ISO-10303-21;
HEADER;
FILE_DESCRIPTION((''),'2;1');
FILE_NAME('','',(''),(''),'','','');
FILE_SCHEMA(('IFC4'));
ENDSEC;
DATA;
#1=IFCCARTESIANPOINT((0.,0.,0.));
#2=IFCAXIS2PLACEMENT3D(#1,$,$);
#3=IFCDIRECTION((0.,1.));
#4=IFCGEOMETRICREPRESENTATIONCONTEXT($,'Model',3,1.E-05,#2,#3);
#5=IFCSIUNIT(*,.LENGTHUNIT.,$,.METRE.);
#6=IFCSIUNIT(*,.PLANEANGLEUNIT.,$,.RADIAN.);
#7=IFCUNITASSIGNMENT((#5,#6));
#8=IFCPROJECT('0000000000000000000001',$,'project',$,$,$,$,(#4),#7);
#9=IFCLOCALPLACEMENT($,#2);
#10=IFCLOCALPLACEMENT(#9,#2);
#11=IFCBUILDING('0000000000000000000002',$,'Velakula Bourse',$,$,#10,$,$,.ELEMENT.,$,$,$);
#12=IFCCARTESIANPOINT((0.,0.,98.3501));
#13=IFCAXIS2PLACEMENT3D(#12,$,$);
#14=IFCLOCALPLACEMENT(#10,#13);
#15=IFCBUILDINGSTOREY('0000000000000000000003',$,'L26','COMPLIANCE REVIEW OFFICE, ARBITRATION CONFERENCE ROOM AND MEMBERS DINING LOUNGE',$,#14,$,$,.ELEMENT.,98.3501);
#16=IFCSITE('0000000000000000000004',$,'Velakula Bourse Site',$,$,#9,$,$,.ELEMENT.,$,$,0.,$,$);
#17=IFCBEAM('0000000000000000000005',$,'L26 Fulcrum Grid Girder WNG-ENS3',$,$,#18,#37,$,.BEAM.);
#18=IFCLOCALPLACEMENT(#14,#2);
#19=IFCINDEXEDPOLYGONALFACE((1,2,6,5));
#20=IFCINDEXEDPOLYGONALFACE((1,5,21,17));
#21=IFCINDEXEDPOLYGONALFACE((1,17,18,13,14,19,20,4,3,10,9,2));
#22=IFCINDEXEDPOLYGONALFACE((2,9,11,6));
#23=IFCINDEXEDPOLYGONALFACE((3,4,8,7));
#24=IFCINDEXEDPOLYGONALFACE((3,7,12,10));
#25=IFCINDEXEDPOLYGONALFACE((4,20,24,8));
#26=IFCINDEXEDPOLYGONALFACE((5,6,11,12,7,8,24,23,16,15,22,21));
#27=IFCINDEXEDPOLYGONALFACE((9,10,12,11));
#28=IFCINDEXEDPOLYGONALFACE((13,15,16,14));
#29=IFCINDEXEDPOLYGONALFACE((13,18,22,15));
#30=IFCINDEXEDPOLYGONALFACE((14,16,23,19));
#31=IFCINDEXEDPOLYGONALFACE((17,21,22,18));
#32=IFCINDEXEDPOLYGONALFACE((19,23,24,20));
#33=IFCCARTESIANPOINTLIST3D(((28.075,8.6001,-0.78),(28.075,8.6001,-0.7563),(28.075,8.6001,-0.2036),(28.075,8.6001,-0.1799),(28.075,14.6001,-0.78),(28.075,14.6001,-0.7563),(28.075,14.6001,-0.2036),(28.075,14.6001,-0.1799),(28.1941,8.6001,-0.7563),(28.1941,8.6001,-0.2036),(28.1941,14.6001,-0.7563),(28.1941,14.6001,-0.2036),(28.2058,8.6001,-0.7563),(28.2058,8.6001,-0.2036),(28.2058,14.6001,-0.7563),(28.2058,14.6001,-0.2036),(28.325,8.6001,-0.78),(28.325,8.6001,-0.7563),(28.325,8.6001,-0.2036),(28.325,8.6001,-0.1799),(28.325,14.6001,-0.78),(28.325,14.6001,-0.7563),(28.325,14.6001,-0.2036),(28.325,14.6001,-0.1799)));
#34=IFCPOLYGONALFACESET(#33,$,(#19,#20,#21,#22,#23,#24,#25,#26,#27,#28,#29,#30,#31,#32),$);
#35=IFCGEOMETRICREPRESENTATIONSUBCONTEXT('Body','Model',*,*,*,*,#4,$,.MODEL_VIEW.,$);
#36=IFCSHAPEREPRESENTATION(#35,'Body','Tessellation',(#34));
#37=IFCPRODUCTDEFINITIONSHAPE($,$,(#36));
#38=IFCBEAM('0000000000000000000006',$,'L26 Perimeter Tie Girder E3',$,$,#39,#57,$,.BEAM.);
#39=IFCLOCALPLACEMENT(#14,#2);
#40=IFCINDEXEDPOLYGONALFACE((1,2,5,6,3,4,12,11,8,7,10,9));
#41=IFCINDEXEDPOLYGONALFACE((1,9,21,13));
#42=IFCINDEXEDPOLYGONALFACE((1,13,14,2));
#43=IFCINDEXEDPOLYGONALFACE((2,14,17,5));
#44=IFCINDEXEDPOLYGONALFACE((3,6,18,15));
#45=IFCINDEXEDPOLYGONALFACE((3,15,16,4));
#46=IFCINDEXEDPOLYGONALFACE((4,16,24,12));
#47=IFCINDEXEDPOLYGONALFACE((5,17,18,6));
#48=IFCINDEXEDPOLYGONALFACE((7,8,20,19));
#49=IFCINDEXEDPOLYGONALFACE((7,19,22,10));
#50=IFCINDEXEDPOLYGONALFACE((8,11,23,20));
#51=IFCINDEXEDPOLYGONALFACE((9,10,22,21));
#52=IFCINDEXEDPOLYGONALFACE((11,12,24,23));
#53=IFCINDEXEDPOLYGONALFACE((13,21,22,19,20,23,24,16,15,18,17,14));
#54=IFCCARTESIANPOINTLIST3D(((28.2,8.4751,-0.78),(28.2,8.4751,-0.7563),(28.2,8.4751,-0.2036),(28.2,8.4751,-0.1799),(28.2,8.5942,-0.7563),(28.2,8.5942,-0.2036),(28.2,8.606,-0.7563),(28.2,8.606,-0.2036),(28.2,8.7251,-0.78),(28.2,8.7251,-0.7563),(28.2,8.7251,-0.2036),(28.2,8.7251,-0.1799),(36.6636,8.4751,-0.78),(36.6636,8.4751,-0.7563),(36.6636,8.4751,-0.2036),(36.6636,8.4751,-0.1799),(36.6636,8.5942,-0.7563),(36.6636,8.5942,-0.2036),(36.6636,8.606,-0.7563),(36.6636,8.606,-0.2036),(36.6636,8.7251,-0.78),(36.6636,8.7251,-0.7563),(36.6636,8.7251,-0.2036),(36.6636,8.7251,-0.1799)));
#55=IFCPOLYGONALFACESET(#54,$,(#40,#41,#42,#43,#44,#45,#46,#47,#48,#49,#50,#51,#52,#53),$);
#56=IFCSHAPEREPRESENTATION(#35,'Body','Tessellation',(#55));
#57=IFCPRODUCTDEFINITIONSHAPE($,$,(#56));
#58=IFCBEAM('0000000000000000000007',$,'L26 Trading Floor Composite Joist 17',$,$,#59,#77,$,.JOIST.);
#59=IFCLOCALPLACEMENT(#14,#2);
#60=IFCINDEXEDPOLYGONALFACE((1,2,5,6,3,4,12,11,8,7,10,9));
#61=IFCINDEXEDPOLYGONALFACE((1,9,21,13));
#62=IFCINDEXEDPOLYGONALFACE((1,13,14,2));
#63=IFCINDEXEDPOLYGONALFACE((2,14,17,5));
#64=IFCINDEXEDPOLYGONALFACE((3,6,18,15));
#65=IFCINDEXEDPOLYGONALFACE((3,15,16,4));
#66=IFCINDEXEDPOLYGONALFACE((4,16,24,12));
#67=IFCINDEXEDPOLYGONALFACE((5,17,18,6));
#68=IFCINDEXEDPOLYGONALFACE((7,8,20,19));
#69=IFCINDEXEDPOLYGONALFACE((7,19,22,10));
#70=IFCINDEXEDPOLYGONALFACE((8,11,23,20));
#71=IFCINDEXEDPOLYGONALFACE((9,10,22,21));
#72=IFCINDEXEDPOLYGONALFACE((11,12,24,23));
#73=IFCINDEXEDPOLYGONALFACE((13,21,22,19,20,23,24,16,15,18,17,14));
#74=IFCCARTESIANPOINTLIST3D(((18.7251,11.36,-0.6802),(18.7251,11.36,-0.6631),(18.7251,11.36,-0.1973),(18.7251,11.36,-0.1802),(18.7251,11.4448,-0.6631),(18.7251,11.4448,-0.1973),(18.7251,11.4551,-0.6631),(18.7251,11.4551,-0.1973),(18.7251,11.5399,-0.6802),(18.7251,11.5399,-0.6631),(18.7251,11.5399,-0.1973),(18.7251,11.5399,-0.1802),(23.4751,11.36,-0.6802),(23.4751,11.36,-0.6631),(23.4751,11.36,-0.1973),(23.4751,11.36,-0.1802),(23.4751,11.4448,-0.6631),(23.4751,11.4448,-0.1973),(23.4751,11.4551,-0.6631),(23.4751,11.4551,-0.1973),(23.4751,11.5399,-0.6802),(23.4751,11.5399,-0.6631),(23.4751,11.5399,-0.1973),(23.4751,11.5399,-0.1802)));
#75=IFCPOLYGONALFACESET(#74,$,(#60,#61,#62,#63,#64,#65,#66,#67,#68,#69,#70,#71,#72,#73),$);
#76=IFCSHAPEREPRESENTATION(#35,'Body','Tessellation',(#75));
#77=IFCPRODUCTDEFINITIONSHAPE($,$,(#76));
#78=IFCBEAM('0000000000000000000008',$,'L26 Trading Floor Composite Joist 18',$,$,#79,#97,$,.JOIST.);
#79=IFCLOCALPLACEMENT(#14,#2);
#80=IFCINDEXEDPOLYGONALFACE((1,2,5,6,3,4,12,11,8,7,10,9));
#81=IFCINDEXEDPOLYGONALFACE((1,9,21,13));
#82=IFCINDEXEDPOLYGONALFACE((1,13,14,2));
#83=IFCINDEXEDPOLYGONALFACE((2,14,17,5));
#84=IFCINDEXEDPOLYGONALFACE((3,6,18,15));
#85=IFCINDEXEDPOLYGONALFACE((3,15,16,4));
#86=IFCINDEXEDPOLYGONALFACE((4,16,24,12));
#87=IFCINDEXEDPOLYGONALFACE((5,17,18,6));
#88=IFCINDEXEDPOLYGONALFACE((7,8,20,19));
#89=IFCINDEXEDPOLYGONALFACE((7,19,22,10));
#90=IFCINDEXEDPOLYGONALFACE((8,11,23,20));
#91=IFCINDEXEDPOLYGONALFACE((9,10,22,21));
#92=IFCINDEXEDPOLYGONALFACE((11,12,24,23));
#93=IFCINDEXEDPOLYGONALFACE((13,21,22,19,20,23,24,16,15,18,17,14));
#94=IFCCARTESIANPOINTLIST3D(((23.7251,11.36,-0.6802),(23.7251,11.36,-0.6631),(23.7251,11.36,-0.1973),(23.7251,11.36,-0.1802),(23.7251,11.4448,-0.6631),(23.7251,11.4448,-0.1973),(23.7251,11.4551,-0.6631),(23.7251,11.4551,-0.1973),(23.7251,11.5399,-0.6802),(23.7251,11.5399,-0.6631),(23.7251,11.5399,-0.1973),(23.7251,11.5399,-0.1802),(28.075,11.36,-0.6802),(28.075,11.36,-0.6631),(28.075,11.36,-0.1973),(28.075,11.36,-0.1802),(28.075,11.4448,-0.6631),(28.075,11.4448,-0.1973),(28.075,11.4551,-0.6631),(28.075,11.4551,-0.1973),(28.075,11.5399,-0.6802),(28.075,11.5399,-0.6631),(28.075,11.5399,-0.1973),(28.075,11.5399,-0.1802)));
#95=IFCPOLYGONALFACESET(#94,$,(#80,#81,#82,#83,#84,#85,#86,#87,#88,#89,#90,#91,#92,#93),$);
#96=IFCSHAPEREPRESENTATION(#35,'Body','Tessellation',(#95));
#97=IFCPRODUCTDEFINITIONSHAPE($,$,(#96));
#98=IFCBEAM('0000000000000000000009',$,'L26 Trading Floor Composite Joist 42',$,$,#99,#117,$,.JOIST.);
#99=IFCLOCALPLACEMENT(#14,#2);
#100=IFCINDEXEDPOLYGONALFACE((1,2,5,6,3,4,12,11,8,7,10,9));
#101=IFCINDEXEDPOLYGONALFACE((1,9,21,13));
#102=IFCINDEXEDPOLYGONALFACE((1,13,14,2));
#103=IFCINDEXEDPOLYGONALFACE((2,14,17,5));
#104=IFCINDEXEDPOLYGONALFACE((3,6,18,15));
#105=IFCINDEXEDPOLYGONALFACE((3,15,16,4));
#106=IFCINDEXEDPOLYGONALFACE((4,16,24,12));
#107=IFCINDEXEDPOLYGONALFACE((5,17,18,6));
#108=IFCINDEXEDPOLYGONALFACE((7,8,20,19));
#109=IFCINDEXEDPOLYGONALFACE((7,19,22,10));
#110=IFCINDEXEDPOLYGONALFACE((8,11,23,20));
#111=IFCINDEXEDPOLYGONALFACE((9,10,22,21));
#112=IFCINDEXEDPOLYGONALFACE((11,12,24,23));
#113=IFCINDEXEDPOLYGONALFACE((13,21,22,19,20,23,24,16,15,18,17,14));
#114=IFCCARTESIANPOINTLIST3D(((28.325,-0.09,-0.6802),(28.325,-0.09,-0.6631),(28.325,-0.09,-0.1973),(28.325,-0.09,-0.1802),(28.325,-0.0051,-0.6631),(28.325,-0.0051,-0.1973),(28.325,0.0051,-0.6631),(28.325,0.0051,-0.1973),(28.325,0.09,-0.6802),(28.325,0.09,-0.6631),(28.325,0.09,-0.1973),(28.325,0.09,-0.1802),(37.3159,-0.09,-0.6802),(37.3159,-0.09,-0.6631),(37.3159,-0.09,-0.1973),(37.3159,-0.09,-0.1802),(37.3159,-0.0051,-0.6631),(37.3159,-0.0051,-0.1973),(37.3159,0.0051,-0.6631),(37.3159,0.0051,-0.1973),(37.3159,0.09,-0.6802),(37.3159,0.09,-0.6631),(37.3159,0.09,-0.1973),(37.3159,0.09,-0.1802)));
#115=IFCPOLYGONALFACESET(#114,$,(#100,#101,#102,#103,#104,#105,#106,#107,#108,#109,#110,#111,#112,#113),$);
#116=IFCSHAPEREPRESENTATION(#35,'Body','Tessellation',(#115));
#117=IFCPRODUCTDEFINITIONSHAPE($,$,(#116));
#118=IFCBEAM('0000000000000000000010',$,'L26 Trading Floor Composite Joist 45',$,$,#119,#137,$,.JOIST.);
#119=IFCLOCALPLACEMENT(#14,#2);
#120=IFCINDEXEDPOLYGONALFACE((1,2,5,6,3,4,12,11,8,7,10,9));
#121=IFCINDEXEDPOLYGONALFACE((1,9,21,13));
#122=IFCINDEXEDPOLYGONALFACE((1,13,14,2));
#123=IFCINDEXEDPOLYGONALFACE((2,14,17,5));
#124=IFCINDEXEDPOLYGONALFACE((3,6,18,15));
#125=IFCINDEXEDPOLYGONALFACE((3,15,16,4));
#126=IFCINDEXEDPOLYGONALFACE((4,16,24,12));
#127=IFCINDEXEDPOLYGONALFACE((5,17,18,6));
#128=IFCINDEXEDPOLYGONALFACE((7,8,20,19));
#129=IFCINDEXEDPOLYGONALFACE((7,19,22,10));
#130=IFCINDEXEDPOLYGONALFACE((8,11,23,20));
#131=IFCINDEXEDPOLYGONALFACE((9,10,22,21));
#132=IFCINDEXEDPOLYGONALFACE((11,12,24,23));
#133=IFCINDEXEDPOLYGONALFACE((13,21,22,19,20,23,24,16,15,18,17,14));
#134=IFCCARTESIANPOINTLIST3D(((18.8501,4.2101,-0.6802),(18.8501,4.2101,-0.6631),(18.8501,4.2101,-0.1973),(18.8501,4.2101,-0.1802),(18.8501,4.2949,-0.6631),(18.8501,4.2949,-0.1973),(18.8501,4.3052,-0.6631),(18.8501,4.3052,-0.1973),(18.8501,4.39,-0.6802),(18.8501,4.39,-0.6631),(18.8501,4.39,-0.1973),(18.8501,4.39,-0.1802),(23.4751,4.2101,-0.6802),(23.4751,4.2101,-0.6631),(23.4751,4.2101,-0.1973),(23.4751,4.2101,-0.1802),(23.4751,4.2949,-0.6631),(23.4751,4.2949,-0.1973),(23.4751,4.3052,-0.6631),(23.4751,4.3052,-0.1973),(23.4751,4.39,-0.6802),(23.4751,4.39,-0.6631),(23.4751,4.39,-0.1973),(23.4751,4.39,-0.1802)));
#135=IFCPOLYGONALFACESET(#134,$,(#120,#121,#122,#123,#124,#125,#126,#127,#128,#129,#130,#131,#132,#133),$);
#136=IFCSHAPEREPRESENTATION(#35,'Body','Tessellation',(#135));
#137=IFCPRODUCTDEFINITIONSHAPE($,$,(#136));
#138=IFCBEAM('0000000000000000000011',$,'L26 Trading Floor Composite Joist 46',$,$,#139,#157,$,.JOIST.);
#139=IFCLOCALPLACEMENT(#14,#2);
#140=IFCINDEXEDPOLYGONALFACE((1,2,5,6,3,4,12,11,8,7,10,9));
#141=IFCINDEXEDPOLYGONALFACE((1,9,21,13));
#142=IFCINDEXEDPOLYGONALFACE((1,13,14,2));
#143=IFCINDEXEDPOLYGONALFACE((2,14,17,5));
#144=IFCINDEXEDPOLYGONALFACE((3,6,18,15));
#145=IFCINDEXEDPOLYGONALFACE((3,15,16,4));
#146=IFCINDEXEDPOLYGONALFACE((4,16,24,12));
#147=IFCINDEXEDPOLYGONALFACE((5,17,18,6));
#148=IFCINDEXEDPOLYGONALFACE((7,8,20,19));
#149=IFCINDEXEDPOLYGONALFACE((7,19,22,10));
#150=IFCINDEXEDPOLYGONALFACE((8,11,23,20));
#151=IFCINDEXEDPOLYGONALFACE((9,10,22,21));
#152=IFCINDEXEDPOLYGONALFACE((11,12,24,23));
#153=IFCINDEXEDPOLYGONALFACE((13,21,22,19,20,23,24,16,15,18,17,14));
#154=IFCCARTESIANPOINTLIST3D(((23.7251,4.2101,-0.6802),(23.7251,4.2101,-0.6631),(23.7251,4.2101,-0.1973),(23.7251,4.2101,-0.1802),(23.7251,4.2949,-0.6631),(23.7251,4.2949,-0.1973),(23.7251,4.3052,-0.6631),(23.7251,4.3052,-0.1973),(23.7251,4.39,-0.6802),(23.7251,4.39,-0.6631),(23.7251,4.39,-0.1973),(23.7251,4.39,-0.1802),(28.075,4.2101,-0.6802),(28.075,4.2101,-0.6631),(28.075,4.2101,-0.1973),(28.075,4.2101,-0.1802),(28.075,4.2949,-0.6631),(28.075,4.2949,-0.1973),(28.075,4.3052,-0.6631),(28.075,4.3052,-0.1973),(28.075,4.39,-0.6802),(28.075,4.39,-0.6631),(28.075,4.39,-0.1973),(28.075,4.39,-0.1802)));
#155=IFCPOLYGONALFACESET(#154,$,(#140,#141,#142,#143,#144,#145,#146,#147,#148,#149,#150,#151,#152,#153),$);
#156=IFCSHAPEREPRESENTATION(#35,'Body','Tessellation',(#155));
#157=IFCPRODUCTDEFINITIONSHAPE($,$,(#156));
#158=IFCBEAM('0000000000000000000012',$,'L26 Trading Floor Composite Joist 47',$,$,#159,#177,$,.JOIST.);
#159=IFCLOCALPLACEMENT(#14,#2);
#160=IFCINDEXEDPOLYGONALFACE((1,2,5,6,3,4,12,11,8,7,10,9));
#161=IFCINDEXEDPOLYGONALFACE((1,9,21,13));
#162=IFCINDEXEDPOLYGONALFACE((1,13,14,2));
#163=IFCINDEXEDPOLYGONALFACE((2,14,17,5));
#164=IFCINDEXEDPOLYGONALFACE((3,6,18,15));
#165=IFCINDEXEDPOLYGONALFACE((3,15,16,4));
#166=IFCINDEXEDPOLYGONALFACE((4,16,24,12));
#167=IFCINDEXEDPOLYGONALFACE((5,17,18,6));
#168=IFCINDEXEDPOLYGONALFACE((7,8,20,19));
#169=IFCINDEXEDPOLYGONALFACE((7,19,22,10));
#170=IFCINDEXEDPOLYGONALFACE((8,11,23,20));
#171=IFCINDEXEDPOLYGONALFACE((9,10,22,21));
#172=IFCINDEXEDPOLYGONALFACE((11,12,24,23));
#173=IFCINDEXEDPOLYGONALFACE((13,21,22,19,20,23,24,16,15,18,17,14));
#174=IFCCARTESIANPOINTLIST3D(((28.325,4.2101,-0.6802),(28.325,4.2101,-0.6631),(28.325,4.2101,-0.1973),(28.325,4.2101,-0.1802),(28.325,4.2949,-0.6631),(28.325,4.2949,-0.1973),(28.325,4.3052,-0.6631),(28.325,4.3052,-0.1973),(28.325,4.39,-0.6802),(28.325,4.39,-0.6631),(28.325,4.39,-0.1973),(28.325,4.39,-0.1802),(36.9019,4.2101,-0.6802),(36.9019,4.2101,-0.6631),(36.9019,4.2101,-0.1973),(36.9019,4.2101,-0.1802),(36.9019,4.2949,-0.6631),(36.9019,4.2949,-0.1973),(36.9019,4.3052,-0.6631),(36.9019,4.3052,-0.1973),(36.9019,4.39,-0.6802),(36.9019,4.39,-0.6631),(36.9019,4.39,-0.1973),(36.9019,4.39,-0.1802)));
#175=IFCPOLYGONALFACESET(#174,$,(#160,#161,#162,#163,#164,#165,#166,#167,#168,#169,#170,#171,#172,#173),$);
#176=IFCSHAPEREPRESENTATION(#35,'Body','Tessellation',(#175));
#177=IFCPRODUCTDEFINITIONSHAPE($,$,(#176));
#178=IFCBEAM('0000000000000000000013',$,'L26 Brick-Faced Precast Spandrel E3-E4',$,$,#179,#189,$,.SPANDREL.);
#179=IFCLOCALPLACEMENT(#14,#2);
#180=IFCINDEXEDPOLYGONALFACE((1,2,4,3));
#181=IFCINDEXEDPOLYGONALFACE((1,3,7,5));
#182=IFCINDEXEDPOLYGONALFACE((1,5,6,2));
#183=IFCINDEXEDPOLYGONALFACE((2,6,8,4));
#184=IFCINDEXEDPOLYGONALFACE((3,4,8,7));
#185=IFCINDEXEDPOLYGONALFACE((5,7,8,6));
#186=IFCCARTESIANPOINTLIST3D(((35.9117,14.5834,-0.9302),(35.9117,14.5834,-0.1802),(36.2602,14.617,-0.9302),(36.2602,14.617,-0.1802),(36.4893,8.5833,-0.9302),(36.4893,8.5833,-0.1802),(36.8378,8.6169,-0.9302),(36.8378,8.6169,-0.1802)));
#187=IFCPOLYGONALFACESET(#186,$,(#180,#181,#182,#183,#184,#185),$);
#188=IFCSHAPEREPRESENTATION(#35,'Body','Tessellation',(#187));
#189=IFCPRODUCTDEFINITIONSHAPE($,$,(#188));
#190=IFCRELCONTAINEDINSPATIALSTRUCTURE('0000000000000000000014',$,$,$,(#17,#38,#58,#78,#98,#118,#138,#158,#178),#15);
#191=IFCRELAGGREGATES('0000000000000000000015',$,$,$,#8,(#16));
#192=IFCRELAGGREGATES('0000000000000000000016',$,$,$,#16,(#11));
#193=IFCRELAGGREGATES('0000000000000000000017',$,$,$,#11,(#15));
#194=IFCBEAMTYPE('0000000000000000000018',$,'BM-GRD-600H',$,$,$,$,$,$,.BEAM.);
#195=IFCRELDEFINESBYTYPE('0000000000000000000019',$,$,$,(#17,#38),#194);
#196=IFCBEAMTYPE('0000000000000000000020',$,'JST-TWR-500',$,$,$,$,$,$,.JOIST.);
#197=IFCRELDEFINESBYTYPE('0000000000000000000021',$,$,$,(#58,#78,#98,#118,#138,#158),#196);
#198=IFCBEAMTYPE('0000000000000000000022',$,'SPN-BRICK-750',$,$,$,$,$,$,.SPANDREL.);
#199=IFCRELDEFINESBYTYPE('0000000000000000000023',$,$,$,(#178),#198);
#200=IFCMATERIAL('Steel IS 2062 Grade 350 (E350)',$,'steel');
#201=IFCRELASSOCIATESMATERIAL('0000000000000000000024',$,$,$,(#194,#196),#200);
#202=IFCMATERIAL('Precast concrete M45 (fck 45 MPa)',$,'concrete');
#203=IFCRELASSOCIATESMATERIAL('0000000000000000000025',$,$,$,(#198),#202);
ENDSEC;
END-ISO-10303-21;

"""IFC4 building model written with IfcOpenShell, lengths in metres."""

from ifc_helpers import new_model, si_unit, direction, frame, origin, origin_2d, place, context, subcontext, project, spatial, rectangle, i_section, extrude, material, material_profile, profile_set, type_object, element, save


model = new_model("IFC4")

# Units and contexts
model_context = context("Model", 3, precision=1e-05, world=origin(), true_north=direction((0.0, 1.0)))
body_context = subcontext(model_context, "Body", "Model", "MODEL_VIEW")
ifc_project = project(units=[si_unit("LENGTHUNIT", "METRE"), si_unit("PLANEANGLEUNIT", "RADIAN")], contexts=[model_context])

# Site, building, storey
site_placement = place(None, origin())
site = spatial("IfcSite", under=ifc_project, at=site_placement, Name="Velakula Bourse Site", CompositionType="ELEMENT", RefElevation=0.0)
building_placement = place(site_placement, origin())
building = spatial("IfcBuilding", under=site, at=building_placement, Name="Velakula Bourse", CompositionType="ELEMENT")
storey_placement = place(building_placement, frame((0.0, 0.0, 98.3501)))
storey = spatial("IfcBuildingStorey", under=building, at=storey_placement, Name="L26", Description="COMPLIANCE REVIEW OFFICE, ARBITRATION CONFERENCE ROOM AND MEMBERS DINING LOUNGE", CompositionType="ELEMENT", Elevation=98.3501)

# Beams
ifc_material_1 = material(Name="Steel IS 2062 Grade 350 (E350)", Category="steel")
ifc_material_profile_1 = material_profile(ifc_material_1, i_section(OverallWidth=0.25, OverallDepth=0.6001, WebThickness=0.0117, FlangeThickness=0.0237, at=origin_2d()), Name="Steel IS 2062 Grade 350 (E350)")
ifc_profile_set_1 = profile_set([ifc_material_profile_1], Name="Steel IS 2062 Grade 350 (E350)")
beam_type_1 = type_object("IfcBeamType", Name="BM-GRD-600H", PredefinedType="BEAM", material=ifc_profile_set_1)
beam_1_placement = place(storey_placement, frame((28.2, 8.6001, -0.48), z_axis=(0.0, 1.0, 0.0), x_axis=(-1.0, 0.0, 0.0)))
element("IfcBeam", 1, at=beam_1_placement, inside=storey, type_object=beam_type_1, Name="L26 Fulcrum Grid Girder WNG-ENS3", PredefinedType="BEAM", context=body_context, shape_type="SweptSolid", body=[
    extrude(i_section(OverallWidth=0.25, OverallDepth=0.6001, WebThickness=0.0117, FlangeThickness=0.0237, at=origin_2d()), origin(), (0.0, 0.0, 1.0), 6.0),
])
beam_2_placement = place(storey_placement, frame((28.2, 8.6001, -0.48), z_axis=(1.0, 0.0, 0.0), x_axis=(0.0, 1.0, 0.0)))
element("IfcBeam", 2, at=beam_2_placement, inside=storey, type_object=beam_type_1, Name="L26 Perimeter Tie Girder E3", PredefinedType="BEAM", context=body_context, shape_type="SweptSolid", body=[
    extrude(i_section(OverallWidth=0.25, OverallDepth=0.6001, WebThickness=0.0117, FlangeThickness=0.0237, at=origin_2d()), origin(), (0.0, 0.0, 1.0), 8.4636),
])
ifc_material_profile_2 = material_profile(ifc_material_1, i_section(OverallWidth=0.1799, OverallDepth=0.5, WebThickness=0.0103, FlangeThickness=0.0171, at=origin_2d()), Name="Steel IS 2062 Grade 350 (E350)")
ifc_profile_set_2 = profile_set([ifc_material_profile_2], Name="Steel IS 2062 Grade 350 (E350)")
beam_type_2 = type_object("IfcBeamType", Name="JST-TWR-500", PredefinedType="JOIST", material=ifc_profile_set_2)
beam_3_placement = place(storey_placement, frame((18.7251, 11.45, -0.4302), z_axis=(1.0, 0.0, 0.0), x_axis=(0.0, 1.0, 0.0)))
element("IfcBeam", 3, at=beam_3_placement, inside=storey, type_object=beam_type_2, Name="L26 Trading Floor Composite Joist 17", PredefinedType="JOIST", context=body_context, shape_type="SweptSolid", body=[
    extrude(i_section(OverallWidth=0.1799, OverallDepth=0.5, WebThickness=0.0103, FlangeThickness=0.0171, at=origin_2d()), origin(), (0.0, 0.0, 1.0), 4.75),
])
beam_4_placement = place(storey_placement, frame((23.7251, 11.45, -0.4302), z_axis=(1.0, 0.0, 0.0), x_axis=(0.0, 1.0, 0.0)))
element("IfcBeam", 4, at=beam_4_placement, inside=storey, type_object=beam_type_2, Name="L26 Trading Floor Composite Joist 18", PredefinedType="JOIST", context=body_context, shape_type="SweptSolid", body=[
    extrude(i_section(OverallWidth=0.1799, OverallDepth=0.5, WebThickness=0.0103, FlangeThickness=0.0171, at=origin_2d()), origin(), (0.0, 0.0, 1.0), 4.3499),
])
beam_5_placement = place(storey_placement, frame((28.325, 0.0, -0.4302), z_axis=(1.0, 0.0, 0.0), x_axis=(0.0, 1.0, 0.0)))
element("IfcBeam", 5, at=beam_5_placement, inside=storey, type_object=beam_type_2, Name="L26 Trading Floor Composite Joist 42", PredefinedType="JOIST", context=body_context, shape_type="SweptSolid", body=[
    extrude(i_section(OverallWidth=0.1799, OverallDepth=0.5, WebThickness=0.0103, FlangeThickness=0.0171, at=origin_2d()), origin(), (0.0, 0.0, 1.0), 8.991),
])
beam_6_placement = place(storey_placement, frame((18.8501, 4.3, -0.4302), z_axis=(1.0, 0.0, 0.0), x_axis=(0.0, 1.0, 0.0)))
element("IfcBeam", 6, at=beam_6_placement, inside=storey, type_object=beam_type_2, Name="L26 Trading Floor Composite Joist 45", PredefinedType="JOIST", context=body_context, shape_type="SweptSolid", body=[
    extrude(i_section(OverallWidth=0.1799, OverallDepth=0.5, WebThickness=0.0103, FlangeThickness=0.0171, at=origin_2d()), origin(), (0.0, 0.0, 1.0), 4.625),
])
beam_7_placement = place(storey_placement, frame((23.7251, 4.3, -0.4302), z_axis=(1.0, 0.0, 0.0), x_axis=(0.0, 1.0, 0.0)))
element("IfcBeam", 7, at=beam_7_placement, inside=storey, type_object=beam_type_2, Name="L26 Trading Floor Composite Joist 46", PredefinedType="JOIST", context=body_context, shape_type="SweptSolid", body=[
    extrude(i_section(OverallWidth=0.1799, OverallDepth=0.5, WebThickness=0.0103, FlangeThickness=0.0171, at=origin_2d()), origin(), (0.0, 0.0, 1.0), 4.3499),
])
beam_8_placement = place(storey_placement, frame((28.325, 4.3, -0.4302), z_axis=(1.0, 0.0, 0.0), x_axis=(0.0, 1.0, 0.0)))
element("IfcBeam", 8, at=beam_8_placement, inside=storey, type_object=beam_type_2, Name="L26 Trading Floor Composite Joist 47", PredefinedType="JOIST", context=body_context, shape_type="SweptSolid", body=[
    extrude(i_section(OverallWidth=0.1799, OverallDepth=0.5, WebThickness=0.0103, FlangeThickness=0.0171, at=origin_2d()), origin(), (0.0, 0.0, 1.0), 8.5769),
])
ifc_material_2 = material(Name="Precast concrete M45 (fck 45 MPa)", Category="concrete")
ifc_material_profile_3 = material_profile(ifc_material_2, rectangle(XDim=0.3501, YDim=0.75, at=origin_2d()), Name="Precast concrete M45 (fck 45 MPa)")
ifc_profile_set_3 = profile_set([ifc_material_profile_3], Name="Precast concrete M45 (fck 45 MPa)")
beam_type_3 = type_object("IfcBeamType", Name="SPN-BRICK-750", PredefinedType="SPANDREL", material=ifc_profile_set_3)
beam_9_placement = place(storey_placement, frame((36.6636, 8.6001, -0.5552), z_axis=(-0.09583, 0.995398, 0.0), x_axis=(-0.995398, -0.09583, 0.0)))
element("IfcBeam", 9, at=beam_9_placement, inside=storey, type_object=beam_type_3, Name="L26 Brick-Faced Precast Spandrel E3-E4", PredefinedType="SPANDREL", context=body_context, shape_type="SweptSolid", body=[
    extrude(rectangle(XDim=0.3501, YDim=0.75, at=origin_2d()), origin(), (0.0, 0.0, 1.0), 6.0278),
])

save(model, "model.ifc")
